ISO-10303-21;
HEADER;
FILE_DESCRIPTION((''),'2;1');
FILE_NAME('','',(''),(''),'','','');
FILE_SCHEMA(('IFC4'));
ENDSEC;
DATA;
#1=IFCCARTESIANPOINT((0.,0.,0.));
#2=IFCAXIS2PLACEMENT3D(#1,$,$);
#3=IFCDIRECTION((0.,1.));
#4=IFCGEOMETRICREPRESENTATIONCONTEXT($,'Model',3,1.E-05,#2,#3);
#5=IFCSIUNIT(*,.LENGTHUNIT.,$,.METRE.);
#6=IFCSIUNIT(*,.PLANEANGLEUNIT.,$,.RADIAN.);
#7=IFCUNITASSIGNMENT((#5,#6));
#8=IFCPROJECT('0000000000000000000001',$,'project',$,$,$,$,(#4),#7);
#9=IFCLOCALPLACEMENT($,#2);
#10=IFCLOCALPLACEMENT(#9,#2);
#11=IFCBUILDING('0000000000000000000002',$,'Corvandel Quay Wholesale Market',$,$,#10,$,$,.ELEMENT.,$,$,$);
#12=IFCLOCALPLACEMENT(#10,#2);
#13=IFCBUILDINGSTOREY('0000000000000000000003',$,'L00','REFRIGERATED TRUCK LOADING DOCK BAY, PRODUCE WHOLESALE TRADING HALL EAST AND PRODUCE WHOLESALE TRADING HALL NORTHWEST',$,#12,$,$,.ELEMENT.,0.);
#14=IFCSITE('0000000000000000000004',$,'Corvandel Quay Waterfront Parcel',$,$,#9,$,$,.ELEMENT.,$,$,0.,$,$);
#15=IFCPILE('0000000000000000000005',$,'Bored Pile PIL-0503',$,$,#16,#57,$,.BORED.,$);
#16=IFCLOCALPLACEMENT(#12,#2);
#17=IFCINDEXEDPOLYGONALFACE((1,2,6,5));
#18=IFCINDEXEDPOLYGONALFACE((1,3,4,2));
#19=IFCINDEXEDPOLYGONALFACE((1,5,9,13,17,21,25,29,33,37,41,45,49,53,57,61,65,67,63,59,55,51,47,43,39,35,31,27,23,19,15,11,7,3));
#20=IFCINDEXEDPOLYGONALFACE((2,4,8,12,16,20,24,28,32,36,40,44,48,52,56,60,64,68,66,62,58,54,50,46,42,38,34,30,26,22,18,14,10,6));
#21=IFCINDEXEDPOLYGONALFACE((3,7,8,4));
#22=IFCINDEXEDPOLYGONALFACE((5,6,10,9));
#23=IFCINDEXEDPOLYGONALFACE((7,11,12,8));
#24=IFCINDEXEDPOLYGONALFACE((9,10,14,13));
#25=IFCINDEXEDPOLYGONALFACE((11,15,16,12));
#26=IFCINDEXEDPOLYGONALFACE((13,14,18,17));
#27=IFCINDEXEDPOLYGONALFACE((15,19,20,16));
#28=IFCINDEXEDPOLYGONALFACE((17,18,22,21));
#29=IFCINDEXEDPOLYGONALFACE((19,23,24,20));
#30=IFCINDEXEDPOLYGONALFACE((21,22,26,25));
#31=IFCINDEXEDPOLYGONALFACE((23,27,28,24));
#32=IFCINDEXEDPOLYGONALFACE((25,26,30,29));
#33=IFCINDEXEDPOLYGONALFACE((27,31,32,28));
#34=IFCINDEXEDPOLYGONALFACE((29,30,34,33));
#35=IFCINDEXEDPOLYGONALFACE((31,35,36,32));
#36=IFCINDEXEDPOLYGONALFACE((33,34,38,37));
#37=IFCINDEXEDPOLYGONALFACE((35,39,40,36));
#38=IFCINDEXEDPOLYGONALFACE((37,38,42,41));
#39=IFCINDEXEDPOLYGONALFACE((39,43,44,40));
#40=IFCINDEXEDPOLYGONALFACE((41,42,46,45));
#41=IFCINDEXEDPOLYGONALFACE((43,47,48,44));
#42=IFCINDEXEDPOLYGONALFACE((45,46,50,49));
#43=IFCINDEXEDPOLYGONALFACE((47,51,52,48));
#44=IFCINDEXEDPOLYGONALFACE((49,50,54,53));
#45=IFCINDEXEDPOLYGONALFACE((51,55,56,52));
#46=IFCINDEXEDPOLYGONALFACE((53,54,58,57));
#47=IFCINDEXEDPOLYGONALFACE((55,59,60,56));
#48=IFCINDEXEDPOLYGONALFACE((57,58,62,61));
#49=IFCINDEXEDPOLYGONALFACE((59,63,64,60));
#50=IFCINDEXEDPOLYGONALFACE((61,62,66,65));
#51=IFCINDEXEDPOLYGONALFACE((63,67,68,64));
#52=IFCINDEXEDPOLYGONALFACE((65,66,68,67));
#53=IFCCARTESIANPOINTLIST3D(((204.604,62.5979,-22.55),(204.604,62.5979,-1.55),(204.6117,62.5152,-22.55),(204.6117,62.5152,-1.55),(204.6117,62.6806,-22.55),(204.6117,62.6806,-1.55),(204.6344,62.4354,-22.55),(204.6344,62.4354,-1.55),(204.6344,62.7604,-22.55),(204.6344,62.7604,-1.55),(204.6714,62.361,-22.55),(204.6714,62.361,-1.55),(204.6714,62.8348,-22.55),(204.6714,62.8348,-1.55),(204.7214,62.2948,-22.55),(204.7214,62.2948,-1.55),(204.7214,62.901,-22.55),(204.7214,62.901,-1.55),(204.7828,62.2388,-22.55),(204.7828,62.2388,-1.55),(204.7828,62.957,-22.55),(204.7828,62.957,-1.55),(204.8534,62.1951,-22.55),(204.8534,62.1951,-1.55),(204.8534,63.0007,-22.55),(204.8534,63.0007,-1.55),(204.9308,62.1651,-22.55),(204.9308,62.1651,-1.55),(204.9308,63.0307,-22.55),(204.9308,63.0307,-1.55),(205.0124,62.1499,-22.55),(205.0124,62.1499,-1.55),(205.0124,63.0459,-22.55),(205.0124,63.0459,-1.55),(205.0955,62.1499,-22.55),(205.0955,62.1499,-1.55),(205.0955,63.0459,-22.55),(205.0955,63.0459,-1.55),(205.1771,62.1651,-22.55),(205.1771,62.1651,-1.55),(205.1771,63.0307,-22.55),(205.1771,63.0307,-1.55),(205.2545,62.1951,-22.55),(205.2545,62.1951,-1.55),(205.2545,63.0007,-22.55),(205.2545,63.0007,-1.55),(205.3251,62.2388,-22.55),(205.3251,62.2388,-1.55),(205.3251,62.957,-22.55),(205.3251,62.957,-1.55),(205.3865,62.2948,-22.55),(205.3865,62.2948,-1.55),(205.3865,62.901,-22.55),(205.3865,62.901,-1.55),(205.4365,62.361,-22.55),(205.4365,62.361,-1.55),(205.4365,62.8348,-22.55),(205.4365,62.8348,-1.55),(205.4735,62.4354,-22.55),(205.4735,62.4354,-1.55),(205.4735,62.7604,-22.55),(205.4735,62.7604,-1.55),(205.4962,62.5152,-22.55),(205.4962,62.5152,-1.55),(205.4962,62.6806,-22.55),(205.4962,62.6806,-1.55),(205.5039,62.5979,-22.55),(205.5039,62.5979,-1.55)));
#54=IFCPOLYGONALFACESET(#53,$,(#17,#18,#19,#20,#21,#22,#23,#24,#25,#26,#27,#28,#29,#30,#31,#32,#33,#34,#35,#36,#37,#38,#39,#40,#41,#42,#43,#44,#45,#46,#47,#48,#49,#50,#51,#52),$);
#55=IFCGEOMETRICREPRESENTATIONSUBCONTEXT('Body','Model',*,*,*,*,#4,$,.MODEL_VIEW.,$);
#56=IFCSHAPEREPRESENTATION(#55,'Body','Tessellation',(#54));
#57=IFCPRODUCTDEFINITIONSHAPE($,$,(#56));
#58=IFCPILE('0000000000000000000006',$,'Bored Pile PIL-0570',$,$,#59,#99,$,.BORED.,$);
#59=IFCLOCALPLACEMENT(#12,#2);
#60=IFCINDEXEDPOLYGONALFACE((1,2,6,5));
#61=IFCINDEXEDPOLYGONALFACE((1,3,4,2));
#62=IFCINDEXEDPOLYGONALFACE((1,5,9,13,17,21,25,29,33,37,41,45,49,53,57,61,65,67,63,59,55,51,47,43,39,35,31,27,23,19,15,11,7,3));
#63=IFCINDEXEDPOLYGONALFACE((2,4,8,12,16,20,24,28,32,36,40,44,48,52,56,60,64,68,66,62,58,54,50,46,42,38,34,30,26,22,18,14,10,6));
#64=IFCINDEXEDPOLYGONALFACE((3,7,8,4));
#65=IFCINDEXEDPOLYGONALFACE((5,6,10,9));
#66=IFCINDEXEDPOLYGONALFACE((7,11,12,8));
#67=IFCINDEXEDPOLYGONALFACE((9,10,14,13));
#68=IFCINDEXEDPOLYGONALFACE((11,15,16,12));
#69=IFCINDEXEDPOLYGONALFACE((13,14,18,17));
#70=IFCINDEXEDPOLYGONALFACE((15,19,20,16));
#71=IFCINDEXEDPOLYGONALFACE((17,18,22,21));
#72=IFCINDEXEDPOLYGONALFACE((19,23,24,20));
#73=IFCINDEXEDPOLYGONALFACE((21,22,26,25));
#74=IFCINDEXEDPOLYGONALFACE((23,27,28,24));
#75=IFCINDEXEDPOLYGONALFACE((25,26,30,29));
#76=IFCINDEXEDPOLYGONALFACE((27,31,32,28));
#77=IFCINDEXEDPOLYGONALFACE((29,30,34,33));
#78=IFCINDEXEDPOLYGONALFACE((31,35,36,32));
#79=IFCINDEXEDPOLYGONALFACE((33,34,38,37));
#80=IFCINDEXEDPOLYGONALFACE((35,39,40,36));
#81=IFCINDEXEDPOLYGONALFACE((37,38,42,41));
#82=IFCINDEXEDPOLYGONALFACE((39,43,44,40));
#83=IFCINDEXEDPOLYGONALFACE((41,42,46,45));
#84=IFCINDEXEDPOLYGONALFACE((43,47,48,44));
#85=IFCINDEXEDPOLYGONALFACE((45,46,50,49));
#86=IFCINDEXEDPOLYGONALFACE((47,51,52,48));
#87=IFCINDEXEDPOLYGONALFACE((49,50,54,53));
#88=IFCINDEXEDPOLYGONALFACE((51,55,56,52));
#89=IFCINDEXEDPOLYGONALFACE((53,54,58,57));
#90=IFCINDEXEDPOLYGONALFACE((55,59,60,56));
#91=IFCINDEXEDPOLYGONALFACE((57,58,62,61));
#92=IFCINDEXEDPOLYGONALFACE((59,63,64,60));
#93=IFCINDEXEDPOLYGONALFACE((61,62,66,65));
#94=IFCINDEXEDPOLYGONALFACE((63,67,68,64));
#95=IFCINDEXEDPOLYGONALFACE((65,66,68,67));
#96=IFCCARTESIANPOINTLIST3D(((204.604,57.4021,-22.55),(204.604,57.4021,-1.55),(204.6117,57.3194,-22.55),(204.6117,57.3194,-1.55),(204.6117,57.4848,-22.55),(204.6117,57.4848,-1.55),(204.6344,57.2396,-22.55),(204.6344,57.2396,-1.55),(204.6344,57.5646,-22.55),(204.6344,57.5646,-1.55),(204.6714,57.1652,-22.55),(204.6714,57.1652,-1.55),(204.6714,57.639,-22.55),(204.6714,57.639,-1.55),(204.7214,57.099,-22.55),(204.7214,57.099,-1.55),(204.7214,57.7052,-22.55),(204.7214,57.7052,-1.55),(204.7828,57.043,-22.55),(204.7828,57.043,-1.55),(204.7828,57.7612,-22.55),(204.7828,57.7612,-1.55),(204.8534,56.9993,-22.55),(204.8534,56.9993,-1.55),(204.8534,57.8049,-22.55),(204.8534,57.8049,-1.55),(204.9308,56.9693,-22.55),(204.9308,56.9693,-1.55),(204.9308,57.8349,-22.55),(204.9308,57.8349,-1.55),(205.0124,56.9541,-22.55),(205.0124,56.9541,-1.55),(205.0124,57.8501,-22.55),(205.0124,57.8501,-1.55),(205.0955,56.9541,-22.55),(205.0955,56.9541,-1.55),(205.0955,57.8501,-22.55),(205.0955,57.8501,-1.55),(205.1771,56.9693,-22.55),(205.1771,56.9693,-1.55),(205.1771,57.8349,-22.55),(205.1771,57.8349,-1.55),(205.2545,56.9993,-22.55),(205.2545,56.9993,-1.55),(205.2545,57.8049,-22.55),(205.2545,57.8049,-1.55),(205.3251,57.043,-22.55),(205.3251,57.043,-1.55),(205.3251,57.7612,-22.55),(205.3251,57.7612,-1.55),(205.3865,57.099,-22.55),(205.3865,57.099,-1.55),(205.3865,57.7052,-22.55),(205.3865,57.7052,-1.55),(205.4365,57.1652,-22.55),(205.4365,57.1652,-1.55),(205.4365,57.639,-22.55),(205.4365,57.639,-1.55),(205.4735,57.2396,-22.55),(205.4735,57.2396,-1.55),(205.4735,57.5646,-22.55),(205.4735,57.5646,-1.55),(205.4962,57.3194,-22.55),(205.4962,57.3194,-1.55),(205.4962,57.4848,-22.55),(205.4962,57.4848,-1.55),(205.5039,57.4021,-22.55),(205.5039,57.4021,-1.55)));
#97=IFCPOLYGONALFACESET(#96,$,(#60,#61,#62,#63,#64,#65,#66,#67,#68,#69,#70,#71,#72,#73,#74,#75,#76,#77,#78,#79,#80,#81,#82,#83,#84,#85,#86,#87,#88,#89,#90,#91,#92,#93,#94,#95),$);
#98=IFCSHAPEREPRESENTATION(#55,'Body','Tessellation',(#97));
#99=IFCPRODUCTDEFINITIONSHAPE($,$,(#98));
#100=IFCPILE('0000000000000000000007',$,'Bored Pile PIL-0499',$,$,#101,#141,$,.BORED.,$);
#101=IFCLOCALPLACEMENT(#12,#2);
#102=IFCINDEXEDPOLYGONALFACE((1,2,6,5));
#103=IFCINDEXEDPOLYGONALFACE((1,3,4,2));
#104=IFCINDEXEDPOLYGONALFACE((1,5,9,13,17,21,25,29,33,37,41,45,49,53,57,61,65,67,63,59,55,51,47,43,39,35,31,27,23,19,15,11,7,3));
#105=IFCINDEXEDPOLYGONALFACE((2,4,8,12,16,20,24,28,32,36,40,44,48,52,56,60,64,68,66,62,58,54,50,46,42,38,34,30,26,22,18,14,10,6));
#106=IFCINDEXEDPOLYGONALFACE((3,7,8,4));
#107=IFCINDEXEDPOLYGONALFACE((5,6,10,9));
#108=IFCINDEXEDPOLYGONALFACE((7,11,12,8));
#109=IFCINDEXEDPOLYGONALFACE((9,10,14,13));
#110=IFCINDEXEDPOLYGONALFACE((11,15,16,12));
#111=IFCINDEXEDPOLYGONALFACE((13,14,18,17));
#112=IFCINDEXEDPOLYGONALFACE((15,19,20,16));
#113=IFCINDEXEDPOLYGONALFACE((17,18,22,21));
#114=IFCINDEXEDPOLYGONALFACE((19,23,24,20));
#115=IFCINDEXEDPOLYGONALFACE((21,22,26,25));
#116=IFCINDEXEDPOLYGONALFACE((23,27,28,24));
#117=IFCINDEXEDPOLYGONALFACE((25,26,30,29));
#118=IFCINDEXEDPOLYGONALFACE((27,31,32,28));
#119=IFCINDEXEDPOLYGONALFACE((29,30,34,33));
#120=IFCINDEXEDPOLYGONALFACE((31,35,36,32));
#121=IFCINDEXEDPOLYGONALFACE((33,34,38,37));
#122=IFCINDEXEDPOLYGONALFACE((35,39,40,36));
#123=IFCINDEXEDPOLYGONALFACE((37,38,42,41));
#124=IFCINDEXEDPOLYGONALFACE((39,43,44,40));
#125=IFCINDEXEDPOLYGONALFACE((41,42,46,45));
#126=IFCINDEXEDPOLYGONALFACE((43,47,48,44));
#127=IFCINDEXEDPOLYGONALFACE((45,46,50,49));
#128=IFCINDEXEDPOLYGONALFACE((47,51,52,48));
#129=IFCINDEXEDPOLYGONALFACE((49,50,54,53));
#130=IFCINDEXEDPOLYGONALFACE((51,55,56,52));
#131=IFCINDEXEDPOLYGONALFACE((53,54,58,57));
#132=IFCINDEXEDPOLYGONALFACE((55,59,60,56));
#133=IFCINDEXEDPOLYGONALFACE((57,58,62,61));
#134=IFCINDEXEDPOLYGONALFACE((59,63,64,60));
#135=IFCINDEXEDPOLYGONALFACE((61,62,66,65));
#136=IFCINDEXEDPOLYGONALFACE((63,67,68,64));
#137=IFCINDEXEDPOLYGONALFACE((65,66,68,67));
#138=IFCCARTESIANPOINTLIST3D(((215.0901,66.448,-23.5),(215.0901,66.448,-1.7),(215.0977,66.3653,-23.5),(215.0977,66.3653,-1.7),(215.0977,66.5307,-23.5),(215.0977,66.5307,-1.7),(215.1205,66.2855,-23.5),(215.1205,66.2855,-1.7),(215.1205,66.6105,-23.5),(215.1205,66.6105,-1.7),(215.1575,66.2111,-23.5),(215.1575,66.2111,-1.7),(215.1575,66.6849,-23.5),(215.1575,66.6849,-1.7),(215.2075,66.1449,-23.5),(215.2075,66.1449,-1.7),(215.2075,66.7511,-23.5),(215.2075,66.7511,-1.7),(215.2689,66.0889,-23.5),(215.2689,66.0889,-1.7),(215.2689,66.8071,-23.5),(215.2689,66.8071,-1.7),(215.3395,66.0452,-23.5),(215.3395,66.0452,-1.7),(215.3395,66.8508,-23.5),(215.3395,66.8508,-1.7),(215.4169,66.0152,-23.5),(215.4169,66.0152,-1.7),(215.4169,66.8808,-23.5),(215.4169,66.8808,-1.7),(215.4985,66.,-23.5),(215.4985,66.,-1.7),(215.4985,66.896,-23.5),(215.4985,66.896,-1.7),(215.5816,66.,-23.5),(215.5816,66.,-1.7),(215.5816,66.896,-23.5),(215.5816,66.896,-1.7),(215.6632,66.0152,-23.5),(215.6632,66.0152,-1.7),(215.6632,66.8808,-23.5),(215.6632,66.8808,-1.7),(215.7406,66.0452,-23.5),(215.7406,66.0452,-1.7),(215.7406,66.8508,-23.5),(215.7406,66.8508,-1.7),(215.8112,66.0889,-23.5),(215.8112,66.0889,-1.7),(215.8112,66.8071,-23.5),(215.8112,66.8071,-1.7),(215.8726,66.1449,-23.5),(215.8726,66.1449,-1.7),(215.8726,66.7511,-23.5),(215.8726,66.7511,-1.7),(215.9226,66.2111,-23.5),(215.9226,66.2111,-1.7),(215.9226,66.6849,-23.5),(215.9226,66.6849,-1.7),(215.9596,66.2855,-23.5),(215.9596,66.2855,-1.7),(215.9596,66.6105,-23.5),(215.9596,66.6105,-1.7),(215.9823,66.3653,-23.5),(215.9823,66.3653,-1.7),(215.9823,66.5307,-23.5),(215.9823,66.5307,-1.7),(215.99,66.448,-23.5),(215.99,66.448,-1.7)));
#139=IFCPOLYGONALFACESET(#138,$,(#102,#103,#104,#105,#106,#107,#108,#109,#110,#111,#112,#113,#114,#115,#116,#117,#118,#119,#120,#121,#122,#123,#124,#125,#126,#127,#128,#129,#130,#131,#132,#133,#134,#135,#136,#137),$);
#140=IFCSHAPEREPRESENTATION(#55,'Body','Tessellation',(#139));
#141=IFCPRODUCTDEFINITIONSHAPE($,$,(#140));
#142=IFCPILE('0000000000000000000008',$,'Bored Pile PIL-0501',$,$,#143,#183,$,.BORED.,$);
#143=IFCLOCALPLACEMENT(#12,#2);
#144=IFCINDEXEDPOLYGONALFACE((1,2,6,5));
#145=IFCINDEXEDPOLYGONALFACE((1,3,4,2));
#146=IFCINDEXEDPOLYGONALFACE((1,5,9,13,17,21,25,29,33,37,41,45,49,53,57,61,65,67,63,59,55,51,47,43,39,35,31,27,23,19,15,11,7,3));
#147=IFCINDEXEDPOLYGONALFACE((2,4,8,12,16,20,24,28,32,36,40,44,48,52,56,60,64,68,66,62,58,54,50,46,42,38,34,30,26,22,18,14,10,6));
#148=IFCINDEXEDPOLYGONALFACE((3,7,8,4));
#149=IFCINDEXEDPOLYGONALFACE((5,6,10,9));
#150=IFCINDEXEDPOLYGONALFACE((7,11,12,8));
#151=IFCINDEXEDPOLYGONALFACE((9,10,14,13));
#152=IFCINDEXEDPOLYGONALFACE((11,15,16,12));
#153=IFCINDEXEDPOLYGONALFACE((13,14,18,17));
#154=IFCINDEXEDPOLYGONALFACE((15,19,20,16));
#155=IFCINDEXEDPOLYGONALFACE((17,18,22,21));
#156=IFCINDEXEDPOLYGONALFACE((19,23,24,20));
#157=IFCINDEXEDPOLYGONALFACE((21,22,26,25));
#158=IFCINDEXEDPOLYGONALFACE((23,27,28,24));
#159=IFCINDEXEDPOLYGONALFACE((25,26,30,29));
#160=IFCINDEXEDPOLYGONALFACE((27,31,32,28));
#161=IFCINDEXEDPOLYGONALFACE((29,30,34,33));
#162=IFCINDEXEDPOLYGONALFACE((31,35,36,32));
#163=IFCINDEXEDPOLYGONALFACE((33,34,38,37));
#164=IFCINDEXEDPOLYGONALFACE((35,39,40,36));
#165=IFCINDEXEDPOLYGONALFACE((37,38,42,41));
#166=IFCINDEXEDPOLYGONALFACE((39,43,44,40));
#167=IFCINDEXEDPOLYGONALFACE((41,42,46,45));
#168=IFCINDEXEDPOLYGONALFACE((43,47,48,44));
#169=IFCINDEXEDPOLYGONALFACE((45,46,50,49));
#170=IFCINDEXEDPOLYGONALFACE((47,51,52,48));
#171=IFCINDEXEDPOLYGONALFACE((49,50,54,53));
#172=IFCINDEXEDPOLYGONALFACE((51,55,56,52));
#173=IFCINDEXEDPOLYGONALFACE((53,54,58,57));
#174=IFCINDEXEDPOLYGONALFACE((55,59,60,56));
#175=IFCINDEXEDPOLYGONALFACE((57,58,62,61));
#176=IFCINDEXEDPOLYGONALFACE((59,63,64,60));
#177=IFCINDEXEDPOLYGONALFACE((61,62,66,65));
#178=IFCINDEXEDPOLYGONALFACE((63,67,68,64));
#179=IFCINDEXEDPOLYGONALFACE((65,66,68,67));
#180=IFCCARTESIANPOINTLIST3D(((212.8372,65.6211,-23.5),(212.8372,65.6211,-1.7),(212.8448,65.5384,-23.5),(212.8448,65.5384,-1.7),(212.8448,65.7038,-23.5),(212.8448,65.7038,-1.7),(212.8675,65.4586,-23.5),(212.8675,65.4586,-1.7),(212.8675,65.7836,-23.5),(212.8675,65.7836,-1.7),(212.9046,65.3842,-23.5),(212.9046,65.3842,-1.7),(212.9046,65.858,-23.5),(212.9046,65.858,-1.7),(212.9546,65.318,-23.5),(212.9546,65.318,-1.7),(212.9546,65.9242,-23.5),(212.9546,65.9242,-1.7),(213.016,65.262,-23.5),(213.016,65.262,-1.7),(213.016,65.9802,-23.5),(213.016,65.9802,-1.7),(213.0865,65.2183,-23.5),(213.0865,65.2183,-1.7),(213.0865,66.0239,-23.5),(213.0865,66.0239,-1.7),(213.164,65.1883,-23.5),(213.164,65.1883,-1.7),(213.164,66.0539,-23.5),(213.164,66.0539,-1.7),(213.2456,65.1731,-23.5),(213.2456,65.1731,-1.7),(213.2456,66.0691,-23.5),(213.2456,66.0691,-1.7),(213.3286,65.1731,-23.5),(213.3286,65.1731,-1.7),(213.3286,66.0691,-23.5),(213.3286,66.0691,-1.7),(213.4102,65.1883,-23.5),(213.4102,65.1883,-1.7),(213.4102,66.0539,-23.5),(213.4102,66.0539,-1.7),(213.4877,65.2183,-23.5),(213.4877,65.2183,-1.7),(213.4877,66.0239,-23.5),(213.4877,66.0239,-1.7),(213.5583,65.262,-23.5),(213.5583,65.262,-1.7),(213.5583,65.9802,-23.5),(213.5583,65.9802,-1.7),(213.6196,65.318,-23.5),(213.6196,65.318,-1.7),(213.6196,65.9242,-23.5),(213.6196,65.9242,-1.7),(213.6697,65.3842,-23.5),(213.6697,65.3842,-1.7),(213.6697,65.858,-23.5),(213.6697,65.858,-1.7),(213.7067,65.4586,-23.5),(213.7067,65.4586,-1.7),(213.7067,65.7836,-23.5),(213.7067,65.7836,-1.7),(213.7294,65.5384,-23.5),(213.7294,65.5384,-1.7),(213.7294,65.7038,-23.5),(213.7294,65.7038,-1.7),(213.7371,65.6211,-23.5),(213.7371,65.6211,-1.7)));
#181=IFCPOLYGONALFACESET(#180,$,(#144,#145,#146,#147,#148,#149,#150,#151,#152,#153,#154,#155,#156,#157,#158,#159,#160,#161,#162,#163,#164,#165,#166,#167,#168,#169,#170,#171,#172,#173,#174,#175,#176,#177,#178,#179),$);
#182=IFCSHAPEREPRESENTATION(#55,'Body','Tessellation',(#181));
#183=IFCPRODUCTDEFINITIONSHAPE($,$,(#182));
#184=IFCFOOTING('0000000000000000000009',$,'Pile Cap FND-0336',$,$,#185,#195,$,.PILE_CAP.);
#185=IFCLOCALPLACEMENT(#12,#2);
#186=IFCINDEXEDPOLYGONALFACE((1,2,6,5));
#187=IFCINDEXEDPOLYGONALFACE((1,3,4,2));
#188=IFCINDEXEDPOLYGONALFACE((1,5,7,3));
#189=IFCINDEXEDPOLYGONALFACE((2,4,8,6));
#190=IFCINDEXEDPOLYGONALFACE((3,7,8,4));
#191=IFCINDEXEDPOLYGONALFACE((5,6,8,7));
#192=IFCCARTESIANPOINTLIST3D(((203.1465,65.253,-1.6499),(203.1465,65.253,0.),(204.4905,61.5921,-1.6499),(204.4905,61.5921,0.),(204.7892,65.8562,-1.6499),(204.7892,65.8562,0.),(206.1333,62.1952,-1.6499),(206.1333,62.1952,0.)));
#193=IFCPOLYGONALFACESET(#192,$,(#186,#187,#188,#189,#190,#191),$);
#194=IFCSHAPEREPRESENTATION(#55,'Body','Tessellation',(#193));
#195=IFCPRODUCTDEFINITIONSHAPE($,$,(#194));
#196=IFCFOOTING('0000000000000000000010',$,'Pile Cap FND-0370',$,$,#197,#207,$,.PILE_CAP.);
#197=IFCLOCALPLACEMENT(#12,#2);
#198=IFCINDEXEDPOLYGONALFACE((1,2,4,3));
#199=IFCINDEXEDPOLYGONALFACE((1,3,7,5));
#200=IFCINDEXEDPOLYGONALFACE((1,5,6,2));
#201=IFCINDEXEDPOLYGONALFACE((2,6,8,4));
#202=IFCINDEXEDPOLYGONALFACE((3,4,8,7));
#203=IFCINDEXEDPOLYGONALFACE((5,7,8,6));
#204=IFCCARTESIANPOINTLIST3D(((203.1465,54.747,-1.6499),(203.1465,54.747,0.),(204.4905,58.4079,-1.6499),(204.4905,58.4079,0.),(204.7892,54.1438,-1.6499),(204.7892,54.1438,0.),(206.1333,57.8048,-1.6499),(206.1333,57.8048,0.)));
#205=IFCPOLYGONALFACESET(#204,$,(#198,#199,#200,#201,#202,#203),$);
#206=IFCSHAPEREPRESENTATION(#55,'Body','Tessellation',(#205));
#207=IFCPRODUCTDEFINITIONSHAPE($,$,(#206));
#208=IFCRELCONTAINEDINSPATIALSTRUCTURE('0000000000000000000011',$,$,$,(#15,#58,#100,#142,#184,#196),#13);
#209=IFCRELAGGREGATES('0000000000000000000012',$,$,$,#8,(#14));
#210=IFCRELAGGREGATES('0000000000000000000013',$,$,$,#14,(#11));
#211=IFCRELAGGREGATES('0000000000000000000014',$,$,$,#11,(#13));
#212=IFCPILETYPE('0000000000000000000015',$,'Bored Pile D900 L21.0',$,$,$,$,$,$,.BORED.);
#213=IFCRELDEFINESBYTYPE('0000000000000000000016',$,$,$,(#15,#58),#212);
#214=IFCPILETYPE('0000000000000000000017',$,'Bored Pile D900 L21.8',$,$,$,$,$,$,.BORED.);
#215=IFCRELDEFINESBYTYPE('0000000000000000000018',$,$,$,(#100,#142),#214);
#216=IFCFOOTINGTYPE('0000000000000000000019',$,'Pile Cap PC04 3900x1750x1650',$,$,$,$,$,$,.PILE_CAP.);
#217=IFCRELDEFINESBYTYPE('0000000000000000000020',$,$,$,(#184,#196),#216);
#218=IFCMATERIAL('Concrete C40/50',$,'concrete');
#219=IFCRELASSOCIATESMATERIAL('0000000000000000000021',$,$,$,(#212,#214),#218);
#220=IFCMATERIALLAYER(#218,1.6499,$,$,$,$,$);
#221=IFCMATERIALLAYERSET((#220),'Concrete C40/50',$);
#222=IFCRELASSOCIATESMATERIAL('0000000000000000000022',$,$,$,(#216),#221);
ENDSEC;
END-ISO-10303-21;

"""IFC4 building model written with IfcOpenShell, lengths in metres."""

from ifc_helpers import new_model, si_unit, direction, frame, origin, origin_2d, place, context, subcontext, project, spatial, rectangle, circle, extrude, material, layer, layer_set, material_profile, profile_set, type_object, element, save


model = new_model("IFC4")

# Units and contexts
model_context = context("Model", 3, precision=1e-05, world=origin(), true_north=direction((0.0, 1.0)))
body_context = subcontext(model_context, "Body", "Model", "MODEL_VIEW")
ifc_project = project(units=[si_unit("LENGTHUNIT", "METRE"), si_unit("PLANEANGLEUNIT", "RADIAN")], contexts=[model_context])

# Site, building, storey
site_placement = place(None, origin())
site = spatial("IfcSite", under=ifc_project, at=site_placement, Name="Corvandel Quay Waterfront Parcel", CompositionType="ELEMENT", RefElevation=0.0)
building_placement = place(site_placement, origin())
building = spatial("IfcBuilding", under=site, at=building_placement, Name="Corvandel Quay Wholesale Market", CompositionType="ELEMENT")
storey_placement = place(building_placement, origin())
storey = spatial("IfcBuildingStorey", under=building, at=storey_placement, Name="L00", Description="REFRIGERATED TRUCK LOADING DOCK BAY, PRODUCE WHOLESALE TRADING HALL EAST AND PRODUCE WHOLESALE TRADING HALL NORTHWEST", CompositionType="ELEMENT", Elevation=0.0)

# Piles
ifc_material_1 = material(Name="Concrete C40/50", Category="concrete")
ifc_material_profile_1 = material_profile(ifc_material_1, circle(Radius=0.45, at=origin_2d()), Name="RC-PILE-D900")
ifc_profile_set_1 = profile_set([ifc_material_profile_1], Name="Concrete C40/50")
pile_type_1 = type_object("IfcPileType", Name="Bored Pile D900 L21.0", PredefinedType="BORED", material=ifc_profile_set_1)
for number, where, z_axis, x_axis, name in (
    (1, (205.054, 62.5979, -1.55), (0.0, 0.0, -1.0), (1.0, 0.0, 0.0), "Bored Pile PIL-0503"),
    (2, (205.054, 57.4021, -1.55), (0.0, 0.0, -1.0), (1.0, 0.0, 0.0), "Bored Pile PIL-0570"),
):
    element("IfcPile", number, at=place(storey_placement, frame(where, z_axis=z_axis, x_axis=x_axis)), inside=storey, type_object=pile_type_1, Name=name, PredefinedType="BORED", context=body_context, shape_type="SweptSolid", body=[
        extrude(circle(Radius=0.45, at=origin_2d()), origin(), (0.0, 0.0, 1.0), 21.0),
    ])
ifc_material_profile_2 = material_profile(ifc_material_1, circle(Radius=0.45, at=origin_2d()), Name="RC-PILE-D900")
ifc_profile_set_2 = profile_set([ifc_material_profile_2], Name="Concrete C40/50")
pile_type_2 = type_object("IfcPileType", Name="Bored Pile D900 L21.8", PredefinedType="BORED", material=ifc_profile_set_2)
for number, where, z_axis, x_axis, name in (
    (3, (215.54, 66.448, -1.7), (0.0, 0.0, -1.0), (1.0, 0.0, 0.0), "Bored Pile PIL-0499"),
    (4, (213.2871, 65.6211, -1.7), (0.0, 0.0, -1.0), (1.0, 0.0, 0.0), "Bored Pile PIL-0501"),
):
    element("IfcPile", number, at=place(storey_placement, frame(where, z_axis=z_axis, x_axis=x_axis)), inside=storey, type_object=pile_type_2, Name=name, PredefinedType="BORED", context=body_context, shape_type="SweptSolid", body=[
        extrude(circle(Radius=0.45, at=origin_2d()), origin(), (0.0, 0.0, 1.0), 21.8),
    ])

# Footings
ifc_layer_1 = layer(ifc_material_1, 1.6499)
ifc_layer_set_1 = layer_set([ifc_layer_1], Name="Concrete C40/50")
footing_type_1 = type_object("IfcFootingType", Name="Pile Cap PC04 3900x1750x1650", PredefinedType="PILE_CAP", material=ifc_layer_set_1)
for number, where, z_axis, x_axis, name in (
    (5, (204.6399, 63.7241, -1.6499), (0.0, 0.0, 1.0), (-0.344643, 0.938734, 0.0), "Pile Cap FND-0336"),
    (6, (204.6399, 56.2759, -1.6499), (0.0, 0.0, 1.0), (0.344643, 0.938734, 0.0), "Pile Cap FND-0370"),
):
    element("IfcFooting", number, at=place(storey_placement, frame(where, z_axis=z_axis, x_axis=x_axis)), inside=storey, type_object=footing_type_1, Name=name, PredefinedType="PILE_CAP", context=body_context, shape_type="SweptSolid", body=[
        extrude(rectangle(XDim=3.8999, YDim=1.75, at=origin_2d()), origin(), (0.0, 0.0, 1.0), 1.6499),
    ])

save(model, "model.ifc")
